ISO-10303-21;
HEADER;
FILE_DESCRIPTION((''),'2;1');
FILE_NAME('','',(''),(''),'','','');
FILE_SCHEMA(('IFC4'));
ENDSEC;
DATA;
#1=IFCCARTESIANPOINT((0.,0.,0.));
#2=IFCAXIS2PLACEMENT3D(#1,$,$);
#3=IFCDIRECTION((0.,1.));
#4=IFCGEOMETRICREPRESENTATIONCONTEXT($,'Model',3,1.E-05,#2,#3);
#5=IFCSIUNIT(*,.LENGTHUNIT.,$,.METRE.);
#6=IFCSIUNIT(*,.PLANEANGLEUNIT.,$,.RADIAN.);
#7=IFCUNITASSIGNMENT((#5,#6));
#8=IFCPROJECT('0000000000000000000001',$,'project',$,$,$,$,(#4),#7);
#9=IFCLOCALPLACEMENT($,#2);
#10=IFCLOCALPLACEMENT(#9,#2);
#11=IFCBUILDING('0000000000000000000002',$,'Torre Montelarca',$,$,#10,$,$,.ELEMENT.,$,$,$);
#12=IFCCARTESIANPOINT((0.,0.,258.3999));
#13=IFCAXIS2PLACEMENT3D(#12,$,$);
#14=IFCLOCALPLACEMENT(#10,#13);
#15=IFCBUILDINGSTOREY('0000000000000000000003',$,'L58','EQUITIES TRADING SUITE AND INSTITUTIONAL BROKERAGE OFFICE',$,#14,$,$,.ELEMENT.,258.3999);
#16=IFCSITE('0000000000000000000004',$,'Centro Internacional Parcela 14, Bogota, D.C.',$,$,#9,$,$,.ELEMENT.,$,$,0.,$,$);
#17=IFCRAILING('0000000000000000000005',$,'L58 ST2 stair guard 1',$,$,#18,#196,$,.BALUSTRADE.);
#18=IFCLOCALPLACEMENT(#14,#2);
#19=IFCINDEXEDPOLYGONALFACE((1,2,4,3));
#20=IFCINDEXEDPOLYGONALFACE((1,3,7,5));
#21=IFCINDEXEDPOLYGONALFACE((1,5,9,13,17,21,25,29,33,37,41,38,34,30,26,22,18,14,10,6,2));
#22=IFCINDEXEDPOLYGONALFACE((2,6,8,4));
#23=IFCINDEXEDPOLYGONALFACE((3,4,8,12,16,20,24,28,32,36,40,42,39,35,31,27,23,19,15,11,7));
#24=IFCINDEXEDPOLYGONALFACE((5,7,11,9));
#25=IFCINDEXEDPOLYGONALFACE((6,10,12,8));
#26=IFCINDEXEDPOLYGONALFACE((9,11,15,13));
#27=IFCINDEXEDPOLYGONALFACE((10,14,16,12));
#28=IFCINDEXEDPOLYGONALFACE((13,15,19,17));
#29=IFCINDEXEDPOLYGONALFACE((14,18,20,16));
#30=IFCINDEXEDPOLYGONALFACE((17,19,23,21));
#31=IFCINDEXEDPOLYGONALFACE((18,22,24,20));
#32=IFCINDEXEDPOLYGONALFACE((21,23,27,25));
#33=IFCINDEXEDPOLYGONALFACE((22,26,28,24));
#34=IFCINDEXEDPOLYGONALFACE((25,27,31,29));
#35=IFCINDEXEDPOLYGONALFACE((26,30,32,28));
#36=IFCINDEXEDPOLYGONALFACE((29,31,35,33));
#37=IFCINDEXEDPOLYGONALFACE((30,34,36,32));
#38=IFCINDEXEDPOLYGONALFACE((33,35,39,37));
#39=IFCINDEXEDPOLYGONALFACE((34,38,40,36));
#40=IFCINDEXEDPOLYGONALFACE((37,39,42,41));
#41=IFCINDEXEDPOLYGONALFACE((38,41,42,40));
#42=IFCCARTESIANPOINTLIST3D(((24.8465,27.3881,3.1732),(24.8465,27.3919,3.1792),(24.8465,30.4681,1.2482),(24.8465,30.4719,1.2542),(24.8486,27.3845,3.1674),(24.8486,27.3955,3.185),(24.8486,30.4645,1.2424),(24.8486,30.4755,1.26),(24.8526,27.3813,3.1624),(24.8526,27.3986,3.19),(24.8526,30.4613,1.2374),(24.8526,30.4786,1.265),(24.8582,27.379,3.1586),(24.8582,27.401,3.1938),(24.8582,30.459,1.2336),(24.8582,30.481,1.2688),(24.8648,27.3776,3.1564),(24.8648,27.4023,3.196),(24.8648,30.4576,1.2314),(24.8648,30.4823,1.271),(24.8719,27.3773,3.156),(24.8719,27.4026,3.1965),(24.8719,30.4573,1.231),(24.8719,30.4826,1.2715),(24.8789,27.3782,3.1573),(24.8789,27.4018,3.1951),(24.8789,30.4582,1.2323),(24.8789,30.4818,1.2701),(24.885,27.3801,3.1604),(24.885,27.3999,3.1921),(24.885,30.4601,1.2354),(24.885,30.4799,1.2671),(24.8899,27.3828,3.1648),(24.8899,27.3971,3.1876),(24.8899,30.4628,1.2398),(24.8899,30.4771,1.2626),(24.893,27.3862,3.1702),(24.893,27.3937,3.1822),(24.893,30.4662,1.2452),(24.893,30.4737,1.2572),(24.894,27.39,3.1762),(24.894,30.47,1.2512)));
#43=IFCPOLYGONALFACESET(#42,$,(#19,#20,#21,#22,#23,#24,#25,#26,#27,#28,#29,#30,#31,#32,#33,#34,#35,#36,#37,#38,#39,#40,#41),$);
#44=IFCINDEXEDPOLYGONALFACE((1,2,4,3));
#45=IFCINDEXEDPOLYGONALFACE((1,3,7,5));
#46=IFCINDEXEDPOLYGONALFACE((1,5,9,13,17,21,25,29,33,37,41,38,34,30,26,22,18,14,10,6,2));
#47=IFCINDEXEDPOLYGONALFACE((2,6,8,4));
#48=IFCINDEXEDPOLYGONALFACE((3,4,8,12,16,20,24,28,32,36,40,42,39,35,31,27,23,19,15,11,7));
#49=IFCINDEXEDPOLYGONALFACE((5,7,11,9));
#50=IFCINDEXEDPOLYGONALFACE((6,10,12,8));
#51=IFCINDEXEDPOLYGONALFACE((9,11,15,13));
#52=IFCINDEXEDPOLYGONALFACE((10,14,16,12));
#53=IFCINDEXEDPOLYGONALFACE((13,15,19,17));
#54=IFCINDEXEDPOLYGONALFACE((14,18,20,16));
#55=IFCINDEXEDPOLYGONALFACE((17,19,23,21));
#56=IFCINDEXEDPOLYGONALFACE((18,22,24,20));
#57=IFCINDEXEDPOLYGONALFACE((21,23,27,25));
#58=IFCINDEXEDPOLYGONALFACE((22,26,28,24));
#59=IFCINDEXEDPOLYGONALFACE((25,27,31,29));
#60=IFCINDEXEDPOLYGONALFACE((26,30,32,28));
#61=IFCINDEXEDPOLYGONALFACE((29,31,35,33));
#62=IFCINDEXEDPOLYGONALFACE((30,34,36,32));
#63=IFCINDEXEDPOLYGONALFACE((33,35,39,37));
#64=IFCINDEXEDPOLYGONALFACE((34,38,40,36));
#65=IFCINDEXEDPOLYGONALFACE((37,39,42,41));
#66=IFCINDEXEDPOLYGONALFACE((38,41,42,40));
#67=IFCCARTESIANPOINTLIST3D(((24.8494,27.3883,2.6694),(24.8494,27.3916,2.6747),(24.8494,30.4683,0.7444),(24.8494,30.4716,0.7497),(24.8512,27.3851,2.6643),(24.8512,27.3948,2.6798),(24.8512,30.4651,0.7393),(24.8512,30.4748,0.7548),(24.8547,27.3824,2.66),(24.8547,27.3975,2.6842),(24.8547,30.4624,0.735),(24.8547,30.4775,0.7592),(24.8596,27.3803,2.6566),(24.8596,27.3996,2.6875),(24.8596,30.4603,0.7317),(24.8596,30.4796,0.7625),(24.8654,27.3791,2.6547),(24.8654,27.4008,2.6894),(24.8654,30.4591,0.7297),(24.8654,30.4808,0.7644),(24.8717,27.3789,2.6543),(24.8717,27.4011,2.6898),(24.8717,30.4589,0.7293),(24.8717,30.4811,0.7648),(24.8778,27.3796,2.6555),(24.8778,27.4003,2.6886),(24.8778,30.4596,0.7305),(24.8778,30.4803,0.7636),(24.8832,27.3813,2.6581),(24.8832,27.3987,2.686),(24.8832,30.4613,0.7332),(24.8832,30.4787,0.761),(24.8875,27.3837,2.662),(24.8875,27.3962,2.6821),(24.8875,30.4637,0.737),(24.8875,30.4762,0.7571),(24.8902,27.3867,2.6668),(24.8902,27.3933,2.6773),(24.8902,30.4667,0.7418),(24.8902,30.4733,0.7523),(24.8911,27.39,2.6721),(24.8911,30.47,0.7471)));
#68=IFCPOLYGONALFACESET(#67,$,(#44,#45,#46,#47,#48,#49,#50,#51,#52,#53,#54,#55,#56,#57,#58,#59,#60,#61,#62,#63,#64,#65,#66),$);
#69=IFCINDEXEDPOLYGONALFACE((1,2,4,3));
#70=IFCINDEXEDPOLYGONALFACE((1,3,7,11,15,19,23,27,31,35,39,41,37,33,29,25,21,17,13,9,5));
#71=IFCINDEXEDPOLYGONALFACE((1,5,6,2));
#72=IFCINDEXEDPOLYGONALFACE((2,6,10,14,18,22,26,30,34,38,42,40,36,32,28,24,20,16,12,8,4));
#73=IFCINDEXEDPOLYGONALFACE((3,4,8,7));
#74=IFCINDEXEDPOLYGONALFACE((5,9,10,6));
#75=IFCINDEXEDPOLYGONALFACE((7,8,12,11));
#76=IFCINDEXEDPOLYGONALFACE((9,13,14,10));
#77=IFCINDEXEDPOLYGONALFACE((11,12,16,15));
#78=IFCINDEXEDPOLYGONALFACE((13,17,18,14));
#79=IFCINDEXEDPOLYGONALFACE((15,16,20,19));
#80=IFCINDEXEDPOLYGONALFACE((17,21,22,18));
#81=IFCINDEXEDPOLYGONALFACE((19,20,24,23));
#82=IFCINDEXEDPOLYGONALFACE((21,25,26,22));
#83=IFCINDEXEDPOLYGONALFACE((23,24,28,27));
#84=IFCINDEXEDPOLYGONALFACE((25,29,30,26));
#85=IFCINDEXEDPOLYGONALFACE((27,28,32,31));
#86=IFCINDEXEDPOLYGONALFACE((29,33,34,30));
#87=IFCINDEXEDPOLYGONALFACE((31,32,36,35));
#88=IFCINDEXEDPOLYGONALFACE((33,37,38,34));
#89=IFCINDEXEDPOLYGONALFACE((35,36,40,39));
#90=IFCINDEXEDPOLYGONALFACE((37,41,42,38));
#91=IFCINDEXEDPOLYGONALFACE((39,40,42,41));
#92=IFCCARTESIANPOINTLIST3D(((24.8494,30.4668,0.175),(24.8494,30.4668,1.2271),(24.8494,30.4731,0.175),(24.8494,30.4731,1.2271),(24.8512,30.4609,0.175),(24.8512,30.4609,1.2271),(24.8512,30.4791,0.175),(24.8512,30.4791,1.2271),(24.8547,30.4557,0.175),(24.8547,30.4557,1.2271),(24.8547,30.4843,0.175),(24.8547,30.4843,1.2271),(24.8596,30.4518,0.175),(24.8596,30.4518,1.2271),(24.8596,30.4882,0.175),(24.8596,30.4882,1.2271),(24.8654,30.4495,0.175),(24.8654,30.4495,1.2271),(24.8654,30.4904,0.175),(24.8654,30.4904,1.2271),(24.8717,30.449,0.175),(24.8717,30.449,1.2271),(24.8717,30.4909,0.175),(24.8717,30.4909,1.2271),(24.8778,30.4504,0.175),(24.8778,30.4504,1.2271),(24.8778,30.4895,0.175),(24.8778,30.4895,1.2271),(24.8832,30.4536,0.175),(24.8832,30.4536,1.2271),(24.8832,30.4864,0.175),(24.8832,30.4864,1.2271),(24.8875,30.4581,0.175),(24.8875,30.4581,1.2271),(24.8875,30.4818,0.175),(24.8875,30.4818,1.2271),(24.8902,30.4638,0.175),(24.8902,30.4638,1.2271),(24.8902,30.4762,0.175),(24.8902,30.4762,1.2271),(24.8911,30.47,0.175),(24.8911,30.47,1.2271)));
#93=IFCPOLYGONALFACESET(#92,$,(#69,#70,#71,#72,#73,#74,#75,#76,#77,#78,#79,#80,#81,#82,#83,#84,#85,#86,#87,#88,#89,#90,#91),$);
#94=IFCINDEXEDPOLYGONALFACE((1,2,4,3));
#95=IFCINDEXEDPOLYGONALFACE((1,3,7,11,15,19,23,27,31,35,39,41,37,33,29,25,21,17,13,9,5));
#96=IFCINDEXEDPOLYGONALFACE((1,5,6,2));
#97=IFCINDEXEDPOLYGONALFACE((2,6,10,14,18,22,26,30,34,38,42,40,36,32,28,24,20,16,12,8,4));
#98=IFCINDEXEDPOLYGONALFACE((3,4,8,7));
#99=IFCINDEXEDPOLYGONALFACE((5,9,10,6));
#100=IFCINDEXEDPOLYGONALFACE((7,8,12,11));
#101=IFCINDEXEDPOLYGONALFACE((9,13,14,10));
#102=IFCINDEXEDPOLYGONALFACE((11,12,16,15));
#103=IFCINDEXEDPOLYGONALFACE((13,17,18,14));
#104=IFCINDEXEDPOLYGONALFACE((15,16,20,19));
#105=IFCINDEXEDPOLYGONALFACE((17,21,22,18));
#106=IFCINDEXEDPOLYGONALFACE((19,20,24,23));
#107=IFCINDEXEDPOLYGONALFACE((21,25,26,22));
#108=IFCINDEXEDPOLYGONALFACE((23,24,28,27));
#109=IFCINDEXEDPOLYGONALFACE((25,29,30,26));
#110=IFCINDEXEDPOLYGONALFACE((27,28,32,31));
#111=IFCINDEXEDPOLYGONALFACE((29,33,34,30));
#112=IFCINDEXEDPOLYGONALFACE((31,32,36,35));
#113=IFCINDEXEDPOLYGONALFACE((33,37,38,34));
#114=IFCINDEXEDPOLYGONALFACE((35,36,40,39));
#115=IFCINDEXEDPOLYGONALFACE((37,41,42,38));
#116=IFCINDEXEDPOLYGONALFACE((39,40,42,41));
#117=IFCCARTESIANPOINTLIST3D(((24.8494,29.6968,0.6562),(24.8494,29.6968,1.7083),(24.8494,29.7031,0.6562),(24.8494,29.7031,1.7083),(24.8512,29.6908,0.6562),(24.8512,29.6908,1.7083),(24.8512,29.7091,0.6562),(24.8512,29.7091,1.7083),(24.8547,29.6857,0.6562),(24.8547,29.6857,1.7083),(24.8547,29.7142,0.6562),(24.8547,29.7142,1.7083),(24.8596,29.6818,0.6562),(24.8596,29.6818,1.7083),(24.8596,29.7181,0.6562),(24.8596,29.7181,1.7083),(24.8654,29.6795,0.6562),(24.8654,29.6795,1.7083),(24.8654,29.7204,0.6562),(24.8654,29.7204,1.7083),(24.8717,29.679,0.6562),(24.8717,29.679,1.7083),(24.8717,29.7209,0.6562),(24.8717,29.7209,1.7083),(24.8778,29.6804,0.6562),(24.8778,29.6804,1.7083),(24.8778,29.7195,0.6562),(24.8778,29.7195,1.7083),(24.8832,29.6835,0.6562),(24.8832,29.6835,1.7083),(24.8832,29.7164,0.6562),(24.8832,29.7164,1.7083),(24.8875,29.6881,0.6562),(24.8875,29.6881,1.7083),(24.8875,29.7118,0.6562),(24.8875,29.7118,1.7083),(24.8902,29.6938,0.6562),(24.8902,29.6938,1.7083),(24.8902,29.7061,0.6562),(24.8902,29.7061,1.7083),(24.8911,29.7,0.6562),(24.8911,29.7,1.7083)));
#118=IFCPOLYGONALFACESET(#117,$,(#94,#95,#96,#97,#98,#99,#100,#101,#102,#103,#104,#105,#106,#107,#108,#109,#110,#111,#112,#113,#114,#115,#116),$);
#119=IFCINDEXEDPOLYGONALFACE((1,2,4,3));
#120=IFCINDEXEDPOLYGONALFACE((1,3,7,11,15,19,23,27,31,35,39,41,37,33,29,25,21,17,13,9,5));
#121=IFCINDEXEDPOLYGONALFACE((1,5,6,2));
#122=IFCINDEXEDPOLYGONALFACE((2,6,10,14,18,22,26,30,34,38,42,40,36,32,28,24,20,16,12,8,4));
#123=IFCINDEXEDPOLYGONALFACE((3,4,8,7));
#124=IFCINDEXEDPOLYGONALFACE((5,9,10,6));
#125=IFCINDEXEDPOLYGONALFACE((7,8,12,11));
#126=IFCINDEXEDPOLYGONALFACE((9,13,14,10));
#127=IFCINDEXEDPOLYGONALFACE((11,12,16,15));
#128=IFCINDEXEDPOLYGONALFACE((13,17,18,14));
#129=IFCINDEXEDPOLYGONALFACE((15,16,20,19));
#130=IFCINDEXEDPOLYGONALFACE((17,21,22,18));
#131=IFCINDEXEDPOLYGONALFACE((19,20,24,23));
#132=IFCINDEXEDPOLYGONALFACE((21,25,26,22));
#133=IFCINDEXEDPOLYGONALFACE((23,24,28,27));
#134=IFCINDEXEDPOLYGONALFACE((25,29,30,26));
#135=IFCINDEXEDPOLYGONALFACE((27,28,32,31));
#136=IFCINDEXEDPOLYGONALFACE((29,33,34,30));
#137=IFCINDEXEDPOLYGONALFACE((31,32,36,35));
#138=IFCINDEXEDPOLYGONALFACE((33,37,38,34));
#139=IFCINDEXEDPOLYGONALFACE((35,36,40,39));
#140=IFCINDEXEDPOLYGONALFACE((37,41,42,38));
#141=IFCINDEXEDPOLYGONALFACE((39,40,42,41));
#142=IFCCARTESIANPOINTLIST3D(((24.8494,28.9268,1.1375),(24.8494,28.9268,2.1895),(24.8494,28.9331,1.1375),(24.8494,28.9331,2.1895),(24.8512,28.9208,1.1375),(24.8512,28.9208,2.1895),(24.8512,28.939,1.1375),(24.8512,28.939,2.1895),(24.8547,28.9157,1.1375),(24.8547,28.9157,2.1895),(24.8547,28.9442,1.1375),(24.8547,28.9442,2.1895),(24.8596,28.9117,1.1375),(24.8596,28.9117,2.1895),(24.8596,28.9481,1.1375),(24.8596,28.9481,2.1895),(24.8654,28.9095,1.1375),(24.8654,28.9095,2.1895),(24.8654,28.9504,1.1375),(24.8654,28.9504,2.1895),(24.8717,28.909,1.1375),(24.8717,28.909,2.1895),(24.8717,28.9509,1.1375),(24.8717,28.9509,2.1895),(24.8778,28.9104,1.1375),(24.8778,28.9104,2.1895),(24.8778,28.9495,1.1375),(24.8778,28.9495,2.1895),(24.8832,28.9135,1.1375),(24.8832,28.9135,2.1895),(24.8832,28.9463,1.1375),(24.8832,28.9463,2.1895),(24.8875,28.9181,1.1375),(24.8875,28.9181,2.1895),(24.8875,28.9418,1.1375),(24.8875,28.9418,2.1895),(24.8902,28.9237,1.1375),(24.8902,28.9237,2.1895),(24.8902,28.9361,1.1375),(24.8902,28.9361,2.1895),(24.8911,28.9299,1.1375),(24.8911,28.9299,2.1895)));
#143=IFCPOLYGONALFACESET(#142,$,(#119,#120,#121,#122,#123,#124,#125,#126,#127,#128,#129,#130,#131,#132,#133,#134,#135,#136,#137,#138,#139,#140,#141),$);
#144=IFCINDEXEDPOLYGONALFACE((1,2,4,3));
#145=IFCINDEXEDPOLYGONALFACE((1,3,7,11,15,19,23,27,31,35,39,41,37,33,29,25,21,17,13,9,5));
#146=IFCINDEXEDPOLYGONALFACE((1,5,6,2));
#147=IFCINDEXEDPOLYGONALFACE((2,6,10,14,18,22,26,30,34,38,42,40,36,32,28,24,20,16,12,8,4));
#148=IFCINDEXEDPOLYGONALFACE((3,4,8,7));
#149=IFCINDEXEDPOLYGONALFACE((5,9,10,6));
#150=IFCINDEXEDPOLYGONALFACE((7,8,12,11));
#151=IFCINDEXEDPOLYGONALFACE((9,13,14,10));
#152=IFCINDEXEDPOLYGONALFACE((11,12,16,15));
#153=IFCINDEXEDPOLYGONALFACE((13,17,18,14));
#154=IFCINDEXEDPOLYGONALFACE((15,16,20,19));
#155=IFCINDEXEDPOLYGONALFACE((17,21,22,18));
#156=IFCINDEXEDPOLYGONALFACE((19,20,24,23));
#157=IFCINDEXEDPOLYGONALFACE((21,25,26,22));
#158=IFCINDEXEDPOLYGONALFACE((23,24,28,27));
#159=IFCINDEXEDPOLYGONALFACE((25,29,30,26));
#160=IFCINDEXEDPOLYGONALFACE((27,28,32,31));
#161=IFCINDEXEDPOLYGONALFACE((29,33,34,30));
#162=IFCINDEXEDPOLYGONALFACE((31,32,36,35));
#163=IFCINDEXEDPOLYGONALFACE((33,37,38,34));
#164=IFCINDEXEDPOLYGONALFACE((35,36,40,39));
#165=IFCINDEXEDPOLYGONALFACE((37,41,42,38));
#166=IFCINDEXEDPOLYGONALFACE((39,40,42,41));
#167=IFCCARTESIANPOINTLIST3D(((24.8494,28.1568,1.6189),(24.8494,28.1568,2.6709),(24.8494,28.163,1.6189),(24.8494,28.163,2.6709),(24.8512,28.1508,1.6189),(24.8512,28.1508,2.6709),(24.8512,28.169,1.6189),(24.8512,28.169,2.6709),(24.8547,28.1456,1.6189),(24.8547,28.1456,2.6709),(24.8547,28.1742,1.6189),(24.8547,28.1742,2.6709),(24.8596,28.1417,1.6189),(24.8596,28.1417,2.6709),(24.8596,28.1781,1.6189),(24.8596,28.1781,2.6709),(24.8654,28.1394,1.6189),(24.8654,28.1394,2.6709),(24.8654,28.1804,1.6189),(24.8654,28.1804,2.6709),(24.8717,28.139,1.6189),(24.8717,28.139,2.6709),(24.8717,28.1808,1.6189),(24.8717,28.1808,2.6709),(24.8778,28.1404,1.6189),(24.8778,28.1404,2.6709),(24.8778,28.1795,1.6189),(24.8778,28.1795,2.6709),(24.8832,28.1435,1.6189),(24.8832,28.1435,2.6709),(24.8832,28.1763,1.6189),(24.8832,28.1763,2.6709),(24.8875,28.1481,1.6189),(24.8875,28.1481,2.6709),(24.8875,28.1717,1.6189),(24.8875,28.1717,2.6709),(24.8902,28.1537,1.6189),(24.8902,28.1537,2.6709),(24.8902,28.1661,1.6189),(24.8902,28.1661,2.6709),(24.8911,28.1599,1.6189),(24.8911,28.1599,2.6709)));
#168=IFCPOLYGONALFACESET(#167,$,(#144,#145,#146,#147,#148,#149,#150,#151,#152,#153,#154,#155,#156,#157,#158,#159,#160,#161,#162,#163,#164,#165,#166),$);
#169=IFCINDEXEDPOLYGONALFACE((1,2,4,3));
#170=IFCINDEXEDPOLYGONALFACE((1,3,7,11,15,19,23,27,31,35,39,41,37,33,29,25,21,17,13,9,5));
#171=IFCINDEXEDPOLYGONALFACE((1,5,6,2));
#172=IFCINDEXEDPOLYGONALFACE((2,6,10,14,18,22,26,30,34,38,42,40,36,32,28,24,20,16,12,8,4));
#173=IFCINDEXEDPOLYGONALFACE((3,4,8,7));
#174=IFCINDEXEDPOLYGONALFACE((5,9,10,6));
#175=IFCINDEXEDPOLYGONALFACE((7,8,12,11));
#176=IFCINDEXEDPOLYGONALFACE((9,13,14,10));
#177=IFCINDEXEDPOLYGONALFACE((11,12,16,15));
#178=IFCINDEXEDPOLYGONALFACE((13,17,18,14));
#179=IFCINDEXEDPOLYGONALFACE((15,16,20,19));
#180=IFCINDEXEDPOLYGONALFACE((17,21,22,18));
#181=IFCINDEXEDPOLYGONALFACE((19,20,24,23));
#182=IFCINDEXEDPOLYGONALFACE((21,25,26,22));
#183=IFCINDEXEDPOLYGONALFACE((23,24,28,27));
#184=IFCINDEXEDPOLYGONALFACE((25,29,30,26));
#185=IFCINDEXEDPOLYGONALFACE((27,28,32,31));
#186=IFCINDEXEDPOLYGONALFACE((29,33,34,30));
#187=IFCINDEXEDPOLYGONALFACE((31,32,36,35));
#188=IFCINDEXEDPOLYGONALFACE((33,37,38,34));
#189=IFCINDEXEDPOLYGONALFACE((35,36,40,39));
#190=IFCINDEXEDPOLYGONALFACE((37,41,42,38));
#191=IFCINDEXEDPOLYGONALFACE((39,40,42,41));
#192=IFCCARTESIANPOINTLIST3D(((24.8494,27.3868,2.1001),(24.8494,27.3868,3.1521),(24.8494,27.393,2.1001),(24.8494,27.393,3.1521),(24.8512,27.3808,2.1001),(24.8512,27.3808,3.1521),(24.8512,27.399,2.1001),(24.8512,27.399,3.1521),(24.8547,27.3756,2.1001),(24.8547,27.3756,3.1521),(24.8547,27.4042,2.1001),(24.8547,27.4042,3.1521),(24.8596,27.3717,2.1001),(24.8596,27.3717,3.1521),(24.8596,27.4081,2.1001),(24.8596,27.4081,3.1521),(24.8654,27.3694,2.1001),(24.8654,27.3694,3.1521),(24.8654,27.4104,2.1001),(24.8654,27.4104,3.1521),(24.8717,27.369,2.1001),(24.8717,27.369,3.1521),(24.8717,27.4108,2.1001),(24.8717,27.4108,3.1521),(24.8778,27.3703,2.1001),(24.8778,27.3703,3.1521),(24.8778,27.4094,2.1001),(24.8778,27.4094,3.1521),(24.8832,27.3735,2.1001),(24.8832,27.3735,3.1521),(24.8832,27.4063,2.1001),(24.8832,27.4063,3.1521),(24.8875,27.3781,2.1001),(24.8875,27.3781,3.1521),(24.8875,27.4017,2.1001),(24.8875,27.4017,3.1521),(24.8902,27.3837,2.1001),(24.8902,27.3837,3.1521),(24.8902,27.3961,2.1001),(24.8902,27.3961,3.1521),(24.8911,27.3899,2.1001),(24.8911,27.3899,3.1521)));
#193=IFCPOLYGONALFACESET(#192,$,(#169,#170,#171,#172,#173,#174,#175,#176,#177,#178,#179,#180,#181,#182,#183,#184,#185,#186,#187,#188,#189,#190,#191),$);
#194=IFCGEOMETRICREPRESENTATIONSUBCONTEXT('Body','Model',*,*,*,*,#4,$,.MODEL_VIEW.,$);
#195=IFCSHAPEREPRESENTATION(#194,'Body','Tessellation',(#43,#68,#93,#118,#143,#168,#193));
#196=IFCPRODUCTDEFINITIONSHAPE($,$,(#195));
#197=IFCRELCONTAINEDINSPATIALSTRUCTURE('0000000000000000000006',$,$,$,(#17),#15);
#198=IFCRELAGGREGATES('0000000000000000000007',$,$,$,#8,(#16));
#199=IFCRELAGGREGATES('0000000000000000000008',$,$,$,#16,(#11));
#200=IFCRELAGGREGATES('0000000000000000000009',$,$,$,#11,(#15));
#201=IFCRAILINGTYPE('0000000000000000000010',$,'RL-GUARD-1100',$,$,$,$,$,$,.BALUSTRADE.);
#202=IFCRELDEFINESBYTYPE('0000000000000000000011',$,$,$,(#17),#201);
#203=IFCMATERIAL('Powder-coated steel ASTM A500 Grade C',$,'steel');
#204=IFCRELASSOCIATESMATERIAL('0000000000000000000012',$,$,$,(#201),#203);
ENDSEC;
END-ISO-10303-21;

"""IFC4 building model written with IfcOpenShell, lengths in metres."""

from ifc_helpers import new_model, si_unit, direction, frame, origin, origin_2d, place, context, subcontext, project, spatial, circle, extrude, material, type_object, element, save


model = new_model("IFC4")

# Units and contexts
model_context = context("Model", 3, precision=1e-05, world=origin(), true_north=direction((0.0, 1.0)))
body_context = subcontext(model_context, "Body", "Model", "MODEL_VIEW")
ifc_project = project(units=[si_unit("LENGTHUNIT", "METRE"), si_unit("PLANEANGLEUNIT", "RADIAN")], contexts=[model_context])

# Site, building, storey
site_placement = place(None, origin())
site = spatial("IfcSite", under=ifc_project, at=site_placement, Name="Centro Internacional Parcela 14, Bogota, D.C.", CompositionType="ELEMENT", RefElevation=0.0)
building_placement = place(site_placement, origin())
building = spatial("IfcBuilding", under=site, at=building_placement, Name="Torre Montelarca", CompositionType="ELEMENT")
storey_placement = place(building_placement, frame((0.0, 0.0, 258.3999)))
storey = spatial("IfcBuildingStorey", under=building, at=storey_placement, Name="L58", Description="EQUITIES TRADING SUITE AND INSTITUTIONAL BROKERAGE OFFICE", CompositionType="ELEMENT", Elevation=258.3999)

# Railing
ifc_material_1 = material(Name="Powder-coated steel ASTM A500 Grade C", Category="steel")
railing_type_1 = type_object("IfcRailingType", Name="RL-GUARD-1100", PredefinedType="BALUSTRADE", material=ifc_material_1)
railing_1_placement = place(storey_placement, frame((24.8701, 30.47, 0.175)))
element("IfcRailing", 1, at=railing_1_placement, inside=storey, type_object=railing_type_1, Name="L58 ST2 stair guard 1", PredefinedType="BALUSTRADE", context=body_context, shape_type="SweptSolid", body=[
    extrude(circle(Radius=0.0239, at=origin_2d()), frame((0.0, 0.0, 1.0762), z_axis=(0.0, -0.847998, 0.529999), x_axis=(1.0, 0.0, 0.0)), (0.0, 0.0, 1.0), 3.6321),
    extrude(circle(Radius=0.021, at=origin_2d()), frame((0.0, 0.0, 0.572), z_axis=(0.0, -0.847998, 0.529999), x_axis=(1.0, 0.0, 0.0)), (0.0, 0.0, 1.0), 3.6321),
    extrude(circle(Radius=0.021, at=origin_2d()), origin(), (0.0, 0.0, 1.0), 1.052),
    extrude(circle(Radius=0.021, at=origin_2d()), frame((0.0, -0.77, 0.4812)), (0.0, 0.0, 1.0), 1.052),
    extrude(circle(Radius=0.021, at=origin_2d()), frame((0.0, -1.54, 0.9624)), (0.0, 0.0, 1.0), 1.052),
    extrude(circle(Radius=0.021, at=origin_2d()), frame((0.0, -2.3101, 1.4438)), (0.0, 0.0, 1.0), 1.052),
    extrude(circle(Radius=0.021, at=origin_2d()), frame((0.0, -3.0801, 1.925)), (0.0, 0.0, 1.0), 1.052),
])

save(model, "model.ifc")
